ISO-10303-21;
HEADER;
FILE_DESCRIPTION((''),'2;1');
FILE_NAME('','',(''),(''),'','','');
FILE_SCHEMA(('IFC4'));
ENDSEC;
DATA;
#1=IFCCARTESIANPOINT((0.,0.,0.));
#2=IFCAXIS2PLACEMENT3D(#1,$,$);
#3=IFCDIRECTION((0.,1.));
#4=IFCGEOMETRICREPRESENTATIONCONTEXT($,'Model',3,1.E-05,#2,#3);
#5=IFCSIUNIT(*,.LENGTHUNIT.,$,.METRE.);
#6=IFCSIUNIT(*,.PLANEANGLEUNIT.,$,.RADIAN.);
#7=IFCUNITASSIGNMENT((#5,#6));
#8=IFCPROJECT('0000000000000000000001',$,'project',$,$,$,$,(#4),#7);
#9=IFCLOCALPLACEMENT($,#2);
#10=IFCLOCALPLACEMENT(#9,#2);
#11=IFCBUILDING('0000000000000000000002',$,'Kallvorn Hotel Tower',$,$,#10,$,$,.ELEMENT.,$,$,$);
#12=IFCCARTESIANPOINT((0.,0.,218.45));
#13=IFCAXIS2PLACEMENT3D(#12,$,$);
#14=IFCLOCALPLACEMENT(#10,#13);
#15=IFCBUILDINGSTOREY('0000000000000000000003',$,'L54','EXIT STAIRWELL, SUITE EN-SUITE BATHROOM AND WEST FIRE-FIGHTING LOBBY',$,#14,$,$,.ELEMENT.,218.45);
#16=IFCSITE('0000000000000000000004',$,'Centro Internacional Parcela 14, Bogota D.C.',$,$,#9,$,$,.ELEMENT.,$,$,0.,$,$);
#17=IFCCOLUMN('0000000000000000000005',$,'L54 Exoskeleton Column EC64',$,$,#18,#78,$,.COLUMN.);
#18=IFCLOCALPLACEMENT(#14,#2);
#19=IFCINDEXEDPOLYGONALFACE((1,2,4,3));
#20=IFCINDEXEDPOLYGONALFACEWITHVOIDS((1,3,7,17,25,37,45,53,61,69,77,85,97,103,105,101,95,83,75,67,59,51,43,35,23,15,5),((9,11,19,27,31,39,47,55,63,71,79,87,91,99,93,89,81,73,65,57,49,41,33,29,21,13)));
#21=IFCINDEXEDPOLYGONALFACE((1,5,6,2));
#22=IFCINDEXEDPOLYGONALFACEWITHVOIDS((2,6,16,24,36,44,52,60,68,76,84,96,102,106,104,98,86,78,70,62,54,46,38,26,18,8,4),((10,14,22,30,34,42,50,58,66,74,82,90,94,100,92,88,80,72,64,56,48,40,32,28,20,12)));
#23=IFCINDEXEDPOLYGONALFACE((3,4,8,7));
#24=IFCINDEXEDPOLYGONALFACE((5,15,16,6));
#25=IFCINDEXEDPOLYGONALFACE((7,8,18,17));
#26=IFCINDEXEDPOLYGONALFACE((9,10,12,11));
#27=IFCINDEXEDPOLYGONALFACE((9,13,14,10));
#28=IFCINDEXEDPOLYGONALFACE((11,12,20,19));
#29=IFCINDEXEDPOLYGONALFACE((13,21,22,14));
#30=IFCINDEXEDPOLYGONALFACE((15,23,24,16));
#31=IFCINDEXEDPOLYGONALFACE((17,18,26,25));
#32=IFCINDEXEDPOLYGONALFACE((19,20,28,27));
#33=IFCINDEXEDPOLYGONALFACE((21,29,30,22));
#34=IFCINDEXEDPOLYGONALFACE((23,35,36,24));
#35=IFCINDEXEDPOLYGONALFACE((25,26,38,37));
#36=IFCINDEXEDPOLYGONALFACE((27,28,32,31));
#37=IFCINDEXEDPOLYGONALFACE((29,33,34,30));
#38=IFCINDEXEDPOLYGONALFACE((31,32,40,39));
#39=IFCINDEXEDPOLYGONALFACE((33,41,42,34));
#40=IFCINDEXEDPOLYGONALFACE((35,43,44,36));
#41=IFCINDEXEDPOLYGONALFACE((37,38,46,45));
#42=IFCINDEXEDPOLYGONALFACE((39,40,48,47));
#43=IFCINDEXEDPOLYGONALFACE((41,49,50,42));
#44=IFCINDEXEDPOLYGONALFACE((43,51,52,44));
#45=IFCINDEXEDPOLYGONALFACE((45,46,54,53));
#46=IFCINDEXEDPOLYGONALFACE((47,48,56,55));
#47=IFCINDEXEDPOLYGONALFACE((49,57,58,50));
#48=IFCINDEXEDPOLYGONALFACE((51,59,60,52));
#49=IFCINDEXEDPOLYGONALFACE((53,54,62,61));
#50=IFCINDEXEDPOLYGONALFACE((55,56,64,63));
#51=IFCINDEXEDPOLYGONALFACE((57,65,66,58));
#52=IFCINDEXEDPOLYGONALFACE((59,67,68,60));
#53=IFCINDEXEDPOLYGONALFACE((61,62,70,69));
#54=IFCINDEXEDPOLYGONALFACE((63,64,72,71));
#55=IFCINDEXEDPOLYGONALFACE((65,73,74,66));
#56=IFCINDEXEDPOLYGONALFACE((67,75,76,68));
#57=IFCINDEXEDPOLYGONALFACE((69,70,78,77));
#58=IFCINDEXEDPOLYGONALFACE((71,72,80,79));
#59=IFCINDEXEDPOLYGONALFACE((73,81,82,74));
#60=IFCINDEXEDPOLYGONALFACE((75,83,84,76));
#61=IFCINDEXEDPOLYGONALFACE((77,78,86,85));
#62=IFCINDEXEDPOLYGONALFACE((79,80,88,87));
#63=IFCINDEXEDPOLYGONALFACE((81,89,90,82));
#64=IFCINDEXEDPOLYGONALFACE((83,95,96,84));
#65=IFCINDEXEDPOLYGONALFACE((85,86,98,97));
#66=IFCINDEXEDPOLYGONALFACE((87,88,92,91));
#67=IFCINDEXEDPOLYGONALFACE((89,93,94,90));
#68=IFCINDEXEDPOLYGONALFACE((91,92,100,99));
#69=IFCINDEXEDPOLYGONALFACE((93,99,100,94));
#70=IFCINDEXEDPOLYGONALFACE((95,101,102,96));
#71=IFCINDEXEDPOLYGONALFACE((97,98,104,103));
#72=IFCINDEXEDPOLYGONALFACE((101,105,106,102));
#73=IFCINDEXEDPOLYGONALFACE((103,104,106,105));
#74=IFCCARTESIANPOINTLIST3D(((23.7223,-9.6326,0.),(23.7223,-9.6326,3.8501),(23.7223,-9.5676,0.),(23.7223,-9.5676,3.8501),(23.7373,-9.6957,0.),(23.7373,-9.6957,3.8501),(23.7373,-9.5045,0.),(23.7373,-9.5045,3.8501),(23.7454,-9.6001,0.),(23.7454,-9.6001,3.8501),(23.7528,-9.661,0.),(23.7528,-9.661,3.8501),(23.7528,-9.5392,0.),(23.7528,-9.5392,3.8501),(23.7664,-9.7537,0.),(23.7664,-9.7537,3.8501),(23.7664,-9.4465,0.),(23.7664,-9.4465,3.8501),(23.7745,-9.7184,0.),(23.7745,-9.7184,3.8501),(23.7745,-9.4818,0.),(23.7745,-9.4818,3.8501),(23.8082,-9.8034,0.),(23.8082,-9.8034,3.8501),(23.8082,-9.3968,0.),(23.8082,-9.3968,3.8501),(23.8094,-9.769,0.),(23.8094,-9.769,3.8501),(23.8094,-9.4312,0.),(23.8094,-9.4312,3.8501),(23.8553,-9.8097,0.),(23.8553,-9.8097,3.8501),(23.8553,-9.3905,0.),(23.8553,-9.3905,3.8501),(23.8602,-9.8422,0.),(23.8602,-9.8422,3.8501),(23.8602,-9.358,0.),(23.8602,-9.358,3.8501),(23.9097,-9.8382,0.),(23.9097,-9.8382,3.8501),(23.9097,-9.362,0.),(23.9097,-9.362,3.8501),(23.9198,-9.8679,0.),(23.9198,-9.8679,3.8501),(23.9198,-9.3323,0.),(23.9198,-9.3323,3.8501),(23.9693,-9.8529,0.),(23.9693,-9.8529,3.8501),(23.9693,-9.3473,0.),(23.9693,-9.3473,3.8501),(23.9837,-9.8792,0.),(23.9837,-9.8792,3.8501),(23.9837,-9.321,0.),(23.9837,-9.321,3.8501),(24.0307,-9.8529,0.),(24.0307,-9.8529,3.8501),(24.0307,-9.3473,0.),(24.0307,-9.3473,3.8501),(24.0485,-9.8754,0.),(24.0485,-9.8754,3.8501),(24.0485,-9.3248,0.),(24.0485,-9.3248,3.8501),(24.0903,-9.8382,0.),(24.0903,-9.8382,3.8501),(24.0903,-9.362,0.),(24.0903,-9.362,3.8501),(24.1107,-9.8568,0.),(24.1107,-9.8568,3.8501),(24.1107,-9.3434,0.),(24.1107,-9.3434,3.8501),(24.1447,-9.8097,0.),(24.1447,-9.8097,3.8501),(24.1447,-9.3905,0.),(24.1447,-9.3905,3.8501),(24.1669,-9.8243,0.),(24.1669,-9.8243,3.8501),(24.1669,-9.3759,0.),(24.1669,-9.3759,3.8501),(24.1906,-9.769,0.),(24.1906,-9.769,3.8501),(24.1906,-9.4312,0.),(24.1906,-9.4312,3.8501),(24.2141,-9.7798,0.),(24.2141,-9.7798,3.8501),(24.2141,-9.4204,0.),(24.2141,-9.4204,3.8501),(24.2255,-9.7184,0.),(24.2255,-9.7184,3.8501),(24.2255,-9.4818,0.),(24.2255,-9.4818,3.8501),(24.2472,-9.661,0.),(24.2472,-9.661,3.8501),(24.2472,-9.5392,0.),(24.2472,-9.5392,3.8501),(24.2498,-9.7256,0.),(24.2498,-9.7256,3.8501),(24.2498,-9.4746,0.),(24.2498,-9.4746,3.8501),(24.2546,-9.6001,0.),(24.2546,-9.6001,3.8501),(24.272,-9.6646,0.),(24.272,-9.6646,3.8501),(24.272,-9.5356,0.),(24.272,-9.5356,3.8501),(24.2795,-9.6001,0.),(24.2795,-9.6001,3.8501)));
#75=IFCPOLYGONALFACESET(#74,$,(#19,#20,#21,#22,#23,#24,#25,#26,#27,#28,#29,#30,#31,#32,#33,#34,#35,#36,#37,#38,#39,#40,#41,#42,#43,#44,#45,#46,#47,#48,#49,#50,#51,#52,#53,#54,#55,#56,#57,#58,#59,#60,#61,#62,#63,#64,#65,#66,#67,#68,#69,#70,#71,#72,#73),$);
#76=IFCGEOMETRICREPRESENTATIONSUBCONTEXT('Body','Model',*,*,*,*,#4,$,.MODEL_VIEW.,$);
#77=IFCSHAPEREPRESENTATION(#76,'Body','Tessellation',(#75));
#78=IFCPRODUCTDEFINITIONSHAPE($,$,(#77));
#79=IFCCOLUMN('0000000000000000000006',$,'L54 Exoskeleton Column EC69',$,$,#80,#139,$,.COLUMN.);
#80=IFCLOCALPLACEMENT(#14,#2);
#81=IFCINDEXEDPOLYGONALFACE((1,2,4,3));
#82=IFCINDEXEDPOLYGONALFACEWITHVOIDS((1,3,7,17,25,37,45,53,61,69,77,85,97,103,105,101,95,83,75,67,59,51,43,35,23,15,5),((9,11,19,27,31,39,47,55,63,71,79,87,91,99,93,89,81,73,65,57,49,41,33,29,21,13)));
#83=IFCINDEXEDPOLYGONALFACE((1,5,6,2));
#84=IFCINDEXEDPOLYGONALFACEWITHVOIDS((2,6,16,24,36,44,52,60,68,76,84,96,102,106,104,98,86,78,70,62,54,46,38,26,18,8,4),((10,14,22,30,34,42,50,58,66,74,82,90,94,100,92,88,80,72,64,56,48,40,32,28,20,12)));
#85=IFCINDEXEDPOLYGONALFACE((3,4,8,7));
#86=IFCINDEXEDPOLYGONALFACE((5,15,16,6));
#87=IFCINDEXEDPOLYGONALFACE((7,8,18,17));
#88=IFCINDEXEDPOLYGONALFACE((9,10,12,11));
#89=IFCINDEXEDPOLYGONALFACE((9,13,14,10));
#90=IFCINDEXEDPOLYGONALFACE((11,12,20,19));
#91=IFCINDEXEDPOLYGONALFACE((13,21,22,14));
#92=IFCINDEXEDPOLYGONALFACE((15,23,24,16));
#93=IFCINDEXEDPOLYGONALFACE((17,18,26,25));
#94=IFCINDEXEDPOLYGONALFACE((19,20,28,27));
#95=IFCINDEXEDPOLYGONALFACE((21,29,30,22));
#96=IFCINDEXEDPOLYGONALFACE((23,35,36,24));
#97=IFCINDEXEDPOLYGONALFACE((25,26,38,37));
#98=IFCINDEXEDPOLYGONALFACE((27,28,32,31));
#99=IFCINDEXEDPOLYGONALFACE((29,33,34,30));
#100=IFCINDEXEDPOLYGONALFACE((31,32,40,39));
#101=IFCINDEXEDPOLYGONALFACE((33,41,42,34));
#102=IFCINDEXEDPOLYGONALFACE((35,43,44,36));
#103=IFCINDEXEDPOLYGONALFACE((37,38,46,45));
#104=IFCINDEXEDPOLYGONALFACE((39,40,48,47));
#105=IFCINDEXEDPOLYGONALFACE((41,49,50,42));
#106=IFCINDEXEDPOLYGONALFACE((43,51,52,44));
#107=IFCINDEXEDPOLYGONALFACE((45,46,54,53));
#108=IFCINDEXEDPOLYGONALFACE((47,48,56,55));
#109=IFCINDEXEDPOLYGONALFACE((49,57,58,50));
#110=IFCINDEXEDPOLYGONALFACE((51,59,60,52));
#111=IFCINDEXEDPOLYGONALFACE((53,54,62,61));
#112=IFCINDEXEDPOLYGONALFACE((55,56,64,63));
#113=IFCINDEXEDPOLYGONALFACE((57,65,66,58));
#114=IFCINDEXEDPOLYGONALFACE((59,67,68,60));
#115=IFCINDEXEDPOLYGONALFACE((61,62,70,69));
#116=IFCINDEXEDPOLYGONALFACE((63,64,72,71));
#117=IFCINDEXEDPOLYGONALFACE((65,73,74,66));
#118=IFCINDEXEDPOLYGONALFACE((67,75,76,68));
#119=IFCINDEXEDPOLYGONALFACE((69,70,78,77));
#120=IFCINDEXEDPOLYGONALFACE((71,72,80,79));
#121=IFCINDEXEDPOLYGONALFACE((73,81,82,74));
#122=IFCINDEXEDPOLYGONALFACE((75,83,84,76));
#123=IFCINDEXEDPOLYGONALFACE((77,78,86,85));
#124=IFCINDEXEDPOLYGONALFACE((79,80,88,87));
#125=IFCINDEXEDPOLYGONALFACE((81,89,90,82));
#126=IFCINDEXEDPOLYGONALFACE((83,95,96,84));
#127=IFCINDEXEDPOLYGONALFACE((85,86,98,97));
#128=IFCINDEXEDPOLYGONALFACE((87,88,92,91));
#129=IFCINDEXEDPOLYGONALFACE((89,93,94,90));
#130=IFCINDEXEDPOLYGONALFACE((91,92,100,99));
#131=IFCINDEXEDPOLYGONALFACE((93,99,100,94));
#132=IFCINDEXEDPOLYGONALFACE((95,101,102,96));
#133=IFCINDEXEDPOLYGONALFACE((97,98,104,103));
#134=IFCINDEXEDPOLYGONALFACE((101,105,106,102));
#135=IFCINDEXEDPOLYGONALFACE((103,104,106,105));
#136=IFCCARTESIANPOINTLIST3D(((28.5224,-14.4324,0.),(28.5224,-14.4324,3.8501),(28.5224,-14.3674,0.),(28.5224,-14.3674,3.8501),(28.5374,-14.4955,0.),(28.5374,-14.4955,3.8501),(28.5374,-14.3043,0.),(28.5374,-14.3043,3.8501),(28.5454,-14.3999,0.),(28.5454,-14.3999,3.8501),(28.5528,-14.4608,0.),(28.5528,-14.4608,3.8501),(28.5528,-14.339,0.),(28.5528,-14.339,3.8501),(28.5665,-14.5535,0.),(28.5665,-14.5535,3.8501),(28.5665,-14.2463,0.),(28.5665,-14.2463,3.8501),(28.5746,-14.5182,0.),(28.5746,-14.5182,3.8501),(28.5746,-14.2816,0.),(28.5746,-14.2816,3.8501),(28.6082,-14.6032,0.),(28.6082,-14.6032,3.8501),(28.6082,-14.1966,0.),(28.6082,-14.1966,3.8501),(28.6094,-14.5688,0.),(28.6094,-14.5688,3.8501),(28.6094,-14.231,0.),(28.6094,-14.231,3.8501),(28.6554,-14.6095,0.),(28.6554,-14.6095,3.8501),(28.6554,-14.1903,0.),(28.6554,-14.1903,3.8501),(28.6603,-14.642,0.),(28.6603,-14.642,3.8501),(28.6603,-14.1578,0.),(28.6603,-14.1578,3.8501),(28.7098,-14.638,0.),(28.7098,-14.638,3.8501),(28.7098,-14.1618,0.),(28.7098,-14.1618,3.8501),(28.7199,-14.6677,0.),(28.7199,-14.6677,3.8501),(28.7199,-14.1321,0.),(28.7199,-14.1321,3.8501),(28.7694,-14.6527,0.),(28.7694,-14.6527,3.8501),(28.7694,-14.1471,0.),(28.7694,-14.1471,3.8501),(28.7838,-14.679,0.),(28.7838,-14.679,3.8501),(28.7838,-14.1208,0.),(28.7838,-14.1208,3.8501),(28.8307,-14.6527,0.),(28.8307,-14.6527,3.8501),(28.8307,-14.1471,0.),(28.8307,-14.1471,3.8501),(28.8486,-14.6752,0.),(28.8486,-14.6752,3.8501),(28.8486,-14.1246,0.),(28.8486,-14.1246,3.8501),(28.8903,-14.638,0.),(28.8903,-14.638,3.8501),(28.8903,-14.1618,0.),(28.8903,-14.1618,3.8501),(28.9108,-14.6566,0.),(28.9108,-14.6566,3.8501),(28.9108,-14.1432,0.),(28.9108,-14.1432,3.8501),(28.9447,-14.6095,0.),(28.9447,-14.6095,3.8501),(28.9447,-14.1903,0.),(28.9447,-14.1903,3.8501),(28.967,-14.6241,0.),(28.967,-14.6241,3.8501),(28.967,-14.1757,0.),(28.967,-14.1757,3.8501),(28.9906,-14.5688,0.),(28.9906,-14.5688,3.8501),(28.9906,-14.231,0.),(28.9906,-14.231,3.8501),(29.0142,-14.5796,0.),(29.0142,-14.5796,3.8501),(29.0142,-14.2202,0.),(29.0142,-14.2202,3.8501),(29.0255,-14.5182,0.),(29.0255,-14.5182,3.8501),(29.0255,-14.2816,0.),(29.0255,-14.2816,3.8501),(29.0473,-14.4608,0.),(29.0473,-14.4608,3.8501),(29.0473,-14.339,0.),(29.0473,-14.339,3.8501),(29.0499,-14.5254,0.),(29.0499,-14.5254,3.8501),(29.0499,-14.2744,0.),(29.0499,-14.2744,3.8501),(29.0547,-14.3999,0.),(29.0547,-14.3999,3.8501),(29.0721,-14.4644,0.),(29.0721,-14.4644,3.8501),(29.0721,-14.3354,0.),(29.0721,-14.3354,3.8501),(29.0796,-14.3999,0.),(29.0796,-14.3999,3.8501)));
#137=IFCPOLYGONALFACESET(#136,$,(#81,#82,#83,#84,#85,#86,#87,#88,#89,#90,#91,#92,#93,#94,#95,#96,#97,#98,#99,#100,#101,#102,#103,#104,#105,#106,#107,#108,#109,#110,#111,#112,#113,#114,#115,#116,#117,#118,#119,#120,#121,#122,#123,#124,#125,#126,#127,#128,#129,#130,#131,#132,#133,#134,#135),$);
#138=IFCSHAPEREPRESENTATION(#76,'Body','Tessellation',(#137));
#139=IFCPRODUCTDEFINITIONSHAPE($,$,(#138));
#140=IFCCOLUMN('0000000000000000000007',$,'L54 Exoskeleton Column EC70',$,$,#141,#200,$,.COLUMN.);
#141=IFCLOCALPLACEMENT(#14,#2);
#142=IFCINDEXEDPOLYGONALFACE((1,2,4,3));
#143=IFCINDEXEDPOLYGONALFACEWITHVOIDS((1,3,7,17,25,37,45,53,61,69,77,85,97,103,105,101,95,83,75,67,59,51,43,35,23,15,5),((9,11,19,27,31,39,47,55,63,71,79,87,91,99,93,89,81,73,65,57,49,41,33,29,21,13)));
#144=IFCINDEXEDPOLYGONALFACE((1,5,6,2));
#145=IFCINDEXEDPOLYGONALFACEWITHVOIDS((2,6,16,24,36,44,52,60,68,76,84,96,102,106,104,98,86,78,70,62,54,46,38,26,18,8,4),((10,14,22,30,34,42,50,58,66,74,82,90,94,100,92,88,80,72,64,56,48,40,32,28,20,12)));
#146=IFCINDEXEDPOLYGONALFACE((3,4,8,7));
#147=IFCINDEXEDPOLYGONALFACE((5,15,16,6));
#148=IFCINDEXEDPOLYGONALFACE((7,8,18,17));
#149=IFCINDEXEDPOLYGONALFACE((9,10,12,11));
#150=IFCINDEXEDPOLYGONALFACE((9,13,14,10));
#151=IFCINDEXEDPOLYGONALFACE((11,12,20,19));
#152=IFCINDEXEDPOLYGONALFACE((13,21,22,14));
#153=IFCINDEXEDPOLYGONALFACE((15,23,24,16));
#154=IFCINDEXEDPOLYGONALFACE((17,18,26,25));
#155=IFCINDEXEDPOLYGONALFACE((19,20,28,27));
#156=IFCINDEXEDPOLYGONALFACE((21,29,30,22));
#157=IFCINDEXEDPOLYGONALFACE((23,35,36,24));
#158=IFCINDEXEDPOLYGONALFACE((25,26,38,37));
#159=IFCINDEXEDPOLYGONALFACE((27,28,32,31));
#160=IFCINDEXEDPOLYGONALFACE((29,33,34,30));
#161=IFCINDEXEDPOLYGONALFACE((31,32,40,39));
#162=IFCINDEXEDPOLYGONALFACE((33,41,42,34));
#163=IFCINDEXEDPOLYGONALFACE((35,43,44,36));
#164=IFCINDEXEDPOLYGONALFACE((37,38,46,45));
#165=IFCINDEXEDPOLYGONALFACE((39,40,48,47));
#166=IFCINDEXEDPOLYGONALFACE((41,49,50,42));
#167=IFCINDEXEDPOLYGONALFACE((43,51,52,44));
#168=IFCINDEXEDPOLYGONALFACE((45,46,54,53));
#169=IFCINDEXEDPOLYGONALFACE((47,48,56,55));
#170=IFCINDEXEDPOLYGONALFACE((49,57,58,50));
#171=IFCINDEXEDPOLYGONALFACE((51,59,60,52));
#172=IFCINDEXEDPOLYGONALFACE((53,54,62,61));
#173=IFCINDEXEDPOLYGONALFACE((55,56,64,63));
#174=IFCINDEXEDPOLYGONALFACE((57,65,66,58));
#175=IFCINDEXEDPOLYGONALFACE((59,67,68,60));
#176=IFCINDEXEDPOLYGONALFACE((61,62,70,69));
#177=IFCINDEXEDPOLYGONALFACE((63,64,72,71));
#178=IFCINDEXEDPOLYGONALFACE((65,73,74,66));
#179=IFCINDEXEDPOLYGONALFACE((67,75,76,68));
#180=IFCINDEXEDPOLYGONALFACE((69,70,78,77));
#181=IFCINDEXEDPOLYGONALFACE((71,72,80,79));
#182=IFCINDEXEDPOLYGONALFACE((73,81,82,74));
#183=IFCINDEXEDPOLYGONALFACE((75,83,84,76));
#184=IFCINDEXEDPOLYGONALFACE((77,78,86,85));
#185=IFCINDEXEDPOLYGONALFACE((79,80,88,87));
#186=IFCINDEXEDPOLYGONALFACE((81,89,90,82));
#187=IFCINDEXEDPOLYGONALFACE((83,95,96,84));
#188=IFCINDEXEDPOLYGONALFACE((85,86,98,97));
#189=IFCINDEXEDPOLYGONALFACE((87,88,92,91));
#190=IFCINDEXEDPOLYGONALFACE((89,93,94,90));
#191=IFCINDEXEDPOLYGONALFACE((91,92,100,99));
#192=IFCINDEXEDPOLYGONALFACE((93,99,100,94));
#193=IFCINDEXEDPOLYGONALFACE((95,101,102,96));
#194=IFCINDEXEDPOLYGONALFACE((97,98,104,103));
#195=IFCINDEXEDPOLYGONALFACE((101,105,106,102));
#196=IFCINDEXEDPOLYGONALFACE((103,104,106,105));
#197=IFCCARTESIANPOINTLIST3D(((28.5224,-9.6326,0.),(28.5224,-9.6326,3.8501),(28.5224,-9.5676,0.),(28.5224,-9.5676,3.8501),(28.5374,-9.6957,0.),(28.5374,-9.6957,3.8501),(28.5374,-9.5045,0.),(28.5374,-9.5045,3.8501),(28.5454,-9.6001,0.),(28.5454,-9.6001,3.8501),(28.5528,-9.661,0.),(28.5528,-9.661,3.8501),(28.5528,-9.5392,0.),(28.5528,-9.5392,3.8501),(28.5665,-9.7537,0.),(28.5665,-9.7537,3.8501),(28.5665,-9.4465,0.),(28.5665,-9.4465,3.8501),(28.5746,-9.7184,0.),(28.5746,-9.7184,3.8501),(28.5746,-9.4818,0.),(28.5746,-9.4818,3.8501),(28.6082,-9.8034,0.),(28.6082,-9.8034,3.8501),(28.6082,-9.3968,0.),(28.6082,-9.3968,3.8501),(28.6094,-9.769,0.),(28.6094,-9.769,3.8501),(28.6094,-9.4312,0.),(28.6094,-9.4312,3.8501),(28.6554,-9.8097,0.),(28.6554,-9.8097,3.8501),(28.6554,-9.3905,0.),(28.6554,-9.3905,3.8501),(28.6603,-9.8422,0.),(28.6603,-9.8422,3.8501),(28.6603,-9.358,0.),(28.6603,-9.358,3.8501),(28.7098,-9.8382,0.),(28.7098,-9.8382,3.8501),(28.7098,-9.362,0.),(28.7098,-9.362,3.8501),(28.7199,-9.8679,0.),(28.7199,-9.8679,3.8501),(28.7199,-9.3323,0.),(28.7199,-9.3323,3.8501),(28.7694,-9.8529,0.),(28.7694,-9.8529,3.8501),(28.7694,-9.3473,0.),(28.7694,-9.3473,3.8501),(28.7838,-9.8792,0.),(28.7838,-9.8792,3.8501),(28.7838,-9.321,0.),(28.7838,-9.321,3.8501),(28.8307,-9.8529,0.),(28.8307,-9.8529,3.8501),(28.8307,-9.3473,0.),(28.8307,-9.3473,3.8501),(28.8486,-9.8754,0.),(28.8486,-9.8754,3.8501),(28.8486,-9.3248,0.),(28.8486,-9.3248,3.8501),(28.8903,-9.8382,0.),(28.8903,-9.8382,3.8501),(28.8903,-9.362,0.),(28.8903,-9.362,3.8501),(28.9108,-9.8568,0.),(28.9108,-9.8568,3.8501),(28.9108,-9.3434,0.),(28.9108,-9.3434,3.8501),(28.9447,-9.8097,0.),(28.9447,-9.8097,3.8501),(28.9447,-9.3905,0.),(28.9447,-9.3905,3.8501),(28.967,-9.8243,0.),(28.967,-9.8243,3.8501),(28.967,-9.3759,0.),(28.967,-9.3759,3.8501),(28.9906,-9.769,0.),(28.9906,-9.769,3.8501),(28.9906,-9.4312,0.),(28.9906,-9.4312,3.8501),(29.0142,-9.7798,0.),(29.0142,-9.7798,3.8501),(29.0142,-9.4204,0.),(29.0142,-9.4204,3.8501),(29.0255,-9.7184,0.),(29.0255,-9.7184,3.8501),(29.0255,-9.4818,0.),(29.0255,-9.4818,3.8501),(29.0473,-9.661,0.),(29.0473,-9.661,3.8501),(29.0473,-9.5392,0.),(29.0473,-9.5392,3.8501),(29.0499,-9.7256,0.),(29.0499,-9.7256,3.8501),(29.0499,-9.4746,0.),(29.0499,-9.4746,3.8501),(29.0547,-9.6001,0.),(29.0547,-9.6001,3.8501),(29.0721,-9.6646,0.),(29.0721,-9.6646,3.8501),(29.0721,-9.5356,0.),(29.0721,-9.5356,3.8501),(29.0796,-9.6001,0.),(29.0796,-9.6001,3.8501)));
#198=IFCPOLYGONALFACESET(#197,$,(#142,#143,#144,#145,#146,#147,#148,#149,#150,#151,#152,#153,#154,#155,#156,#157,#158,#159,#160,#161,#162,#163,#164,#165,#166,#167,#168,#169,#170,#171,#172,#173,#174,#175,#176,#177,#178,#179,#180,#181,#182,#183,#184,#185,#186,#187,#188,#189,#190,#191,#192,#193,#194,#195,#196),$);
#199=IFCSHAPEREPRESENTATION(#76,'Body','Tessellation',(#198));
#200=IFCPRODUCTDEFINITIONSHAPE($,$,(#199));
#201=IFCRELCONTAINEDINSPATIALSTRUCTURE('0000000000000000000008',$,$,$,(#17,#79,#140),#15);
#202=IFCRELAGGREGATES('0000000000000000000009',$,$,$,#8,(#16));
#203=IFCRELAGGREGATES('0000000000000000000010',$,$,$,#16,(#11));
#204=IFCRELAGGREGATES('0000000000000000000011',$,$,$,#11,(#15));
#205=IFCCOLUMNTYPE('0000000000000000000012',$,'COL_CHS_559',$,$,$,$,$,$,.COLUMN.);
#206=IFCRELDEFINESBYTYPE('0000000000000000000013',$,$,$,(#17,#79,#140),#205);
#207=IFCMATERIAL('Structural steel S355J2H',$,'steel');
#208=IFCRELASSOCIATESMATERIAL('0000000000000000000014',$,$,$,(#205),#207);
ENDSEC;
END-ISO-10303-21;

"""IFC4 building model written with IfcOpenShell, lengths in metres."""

from ifc_helpers import new_model, si_unit, direction, frame, origin, origin_2d, place, context, subcontext, project, spatial, hollow_circle, extrude, material, material_profile, profile_set, type_object, element, save


model = new_model("IFC4")

# Units and contexts
model_context = context("Model", 3, precision=1e-05, world=origin(), true_north=direction((0.0, 1.0)))
body_context = subcontext(model_context, "Body", "Model", "MODEL_VIEW")
ifc_project = project(units=[si_unit("LENGTHUNIT", "METRE"), si_unit("PLANEANGLEUNIT", "RADIAN")], contexts=[model_context])

# Site, building, storey
site_placement = place(None, origin())
site = spatial("IfcSite", under=ifc_project, at=site_placement, Name="Centro Internacional Parcela 14, Bogota D.C.", CompositionType="ELEMENT", RefElevation=0.0)
building_placement = place(site_placement, origin())
building = spatial("IfcBuilding", under=site, at=building_placement, Name="Kallvorn Hotel Tower", CompositionType="ELEMENT")
storey_placement = place(building_placement, frame((0.0, 0.0, 218.45)))
storey = spatial("IfcBuildingStorey", under=building, at=storey_placement, Name="L54", Description="EXIT STAIRWELL, SUITE EN-SUITE BATHROOM AND WEST FIRE-FIGHTING LOBBY", CompositionType="ELEMENT", Elevation=218.45)

# Columns
ifc_material_1 = material(Name="Structural steel S355J2H", Category="steel")
ifc_material_profile_1 = material_profile(ifc_material_1, hollow_circle(Radius=0.2795, WallThickness=0.0249, at=origin_2d()), Name="CHS 559x25")
ifc_profile_set_1 = profile_set([ifc_material_profile_1], Name="Structural steel S355J2H")
column_type_1 = type_object("IfcColumnType", Name="COL_CHS_559", PredefinedType="COLUMN", material=ifc_profile_set_1)
for number, where, z_axis, x_axis, name in (
    (1, (24.0, -9.6001, 0.0), (0.0, 0.0, 1.0), (1.0, 0.0, 0.0), "L54 Exoskeleton Column EC64"),
    (2, (28.8, -14.3999, 0.0), (0.0, 0.0, 1.0), (1.0, 0.0, 0.0), "L54 Exoskeleton Column EC69"),
    (3, (28.8, -9.6001, 0.0), (0.0, 0.0, 1.0), (1.0, 0.0, 0.0), "L54 Exoskeleton Column EC70"),
):
    element("IfcColumn", number, at=place(storey_placement, frame(where, z_axis=z_axis, x_axis=x_axis)), inside=storey, type_object=column_type_1, Name=name, PredefinedType="COLUMN", context=body_context, shape_type="SweptSolid", body=[
        extrude(hollow_circle(Radius=0.2795, WallThickness=0.0249, at=origin_2d()), origin(), (0.0, 0.0, 1.0), 3.8501),
    ])

save(model, "model.ifc")
